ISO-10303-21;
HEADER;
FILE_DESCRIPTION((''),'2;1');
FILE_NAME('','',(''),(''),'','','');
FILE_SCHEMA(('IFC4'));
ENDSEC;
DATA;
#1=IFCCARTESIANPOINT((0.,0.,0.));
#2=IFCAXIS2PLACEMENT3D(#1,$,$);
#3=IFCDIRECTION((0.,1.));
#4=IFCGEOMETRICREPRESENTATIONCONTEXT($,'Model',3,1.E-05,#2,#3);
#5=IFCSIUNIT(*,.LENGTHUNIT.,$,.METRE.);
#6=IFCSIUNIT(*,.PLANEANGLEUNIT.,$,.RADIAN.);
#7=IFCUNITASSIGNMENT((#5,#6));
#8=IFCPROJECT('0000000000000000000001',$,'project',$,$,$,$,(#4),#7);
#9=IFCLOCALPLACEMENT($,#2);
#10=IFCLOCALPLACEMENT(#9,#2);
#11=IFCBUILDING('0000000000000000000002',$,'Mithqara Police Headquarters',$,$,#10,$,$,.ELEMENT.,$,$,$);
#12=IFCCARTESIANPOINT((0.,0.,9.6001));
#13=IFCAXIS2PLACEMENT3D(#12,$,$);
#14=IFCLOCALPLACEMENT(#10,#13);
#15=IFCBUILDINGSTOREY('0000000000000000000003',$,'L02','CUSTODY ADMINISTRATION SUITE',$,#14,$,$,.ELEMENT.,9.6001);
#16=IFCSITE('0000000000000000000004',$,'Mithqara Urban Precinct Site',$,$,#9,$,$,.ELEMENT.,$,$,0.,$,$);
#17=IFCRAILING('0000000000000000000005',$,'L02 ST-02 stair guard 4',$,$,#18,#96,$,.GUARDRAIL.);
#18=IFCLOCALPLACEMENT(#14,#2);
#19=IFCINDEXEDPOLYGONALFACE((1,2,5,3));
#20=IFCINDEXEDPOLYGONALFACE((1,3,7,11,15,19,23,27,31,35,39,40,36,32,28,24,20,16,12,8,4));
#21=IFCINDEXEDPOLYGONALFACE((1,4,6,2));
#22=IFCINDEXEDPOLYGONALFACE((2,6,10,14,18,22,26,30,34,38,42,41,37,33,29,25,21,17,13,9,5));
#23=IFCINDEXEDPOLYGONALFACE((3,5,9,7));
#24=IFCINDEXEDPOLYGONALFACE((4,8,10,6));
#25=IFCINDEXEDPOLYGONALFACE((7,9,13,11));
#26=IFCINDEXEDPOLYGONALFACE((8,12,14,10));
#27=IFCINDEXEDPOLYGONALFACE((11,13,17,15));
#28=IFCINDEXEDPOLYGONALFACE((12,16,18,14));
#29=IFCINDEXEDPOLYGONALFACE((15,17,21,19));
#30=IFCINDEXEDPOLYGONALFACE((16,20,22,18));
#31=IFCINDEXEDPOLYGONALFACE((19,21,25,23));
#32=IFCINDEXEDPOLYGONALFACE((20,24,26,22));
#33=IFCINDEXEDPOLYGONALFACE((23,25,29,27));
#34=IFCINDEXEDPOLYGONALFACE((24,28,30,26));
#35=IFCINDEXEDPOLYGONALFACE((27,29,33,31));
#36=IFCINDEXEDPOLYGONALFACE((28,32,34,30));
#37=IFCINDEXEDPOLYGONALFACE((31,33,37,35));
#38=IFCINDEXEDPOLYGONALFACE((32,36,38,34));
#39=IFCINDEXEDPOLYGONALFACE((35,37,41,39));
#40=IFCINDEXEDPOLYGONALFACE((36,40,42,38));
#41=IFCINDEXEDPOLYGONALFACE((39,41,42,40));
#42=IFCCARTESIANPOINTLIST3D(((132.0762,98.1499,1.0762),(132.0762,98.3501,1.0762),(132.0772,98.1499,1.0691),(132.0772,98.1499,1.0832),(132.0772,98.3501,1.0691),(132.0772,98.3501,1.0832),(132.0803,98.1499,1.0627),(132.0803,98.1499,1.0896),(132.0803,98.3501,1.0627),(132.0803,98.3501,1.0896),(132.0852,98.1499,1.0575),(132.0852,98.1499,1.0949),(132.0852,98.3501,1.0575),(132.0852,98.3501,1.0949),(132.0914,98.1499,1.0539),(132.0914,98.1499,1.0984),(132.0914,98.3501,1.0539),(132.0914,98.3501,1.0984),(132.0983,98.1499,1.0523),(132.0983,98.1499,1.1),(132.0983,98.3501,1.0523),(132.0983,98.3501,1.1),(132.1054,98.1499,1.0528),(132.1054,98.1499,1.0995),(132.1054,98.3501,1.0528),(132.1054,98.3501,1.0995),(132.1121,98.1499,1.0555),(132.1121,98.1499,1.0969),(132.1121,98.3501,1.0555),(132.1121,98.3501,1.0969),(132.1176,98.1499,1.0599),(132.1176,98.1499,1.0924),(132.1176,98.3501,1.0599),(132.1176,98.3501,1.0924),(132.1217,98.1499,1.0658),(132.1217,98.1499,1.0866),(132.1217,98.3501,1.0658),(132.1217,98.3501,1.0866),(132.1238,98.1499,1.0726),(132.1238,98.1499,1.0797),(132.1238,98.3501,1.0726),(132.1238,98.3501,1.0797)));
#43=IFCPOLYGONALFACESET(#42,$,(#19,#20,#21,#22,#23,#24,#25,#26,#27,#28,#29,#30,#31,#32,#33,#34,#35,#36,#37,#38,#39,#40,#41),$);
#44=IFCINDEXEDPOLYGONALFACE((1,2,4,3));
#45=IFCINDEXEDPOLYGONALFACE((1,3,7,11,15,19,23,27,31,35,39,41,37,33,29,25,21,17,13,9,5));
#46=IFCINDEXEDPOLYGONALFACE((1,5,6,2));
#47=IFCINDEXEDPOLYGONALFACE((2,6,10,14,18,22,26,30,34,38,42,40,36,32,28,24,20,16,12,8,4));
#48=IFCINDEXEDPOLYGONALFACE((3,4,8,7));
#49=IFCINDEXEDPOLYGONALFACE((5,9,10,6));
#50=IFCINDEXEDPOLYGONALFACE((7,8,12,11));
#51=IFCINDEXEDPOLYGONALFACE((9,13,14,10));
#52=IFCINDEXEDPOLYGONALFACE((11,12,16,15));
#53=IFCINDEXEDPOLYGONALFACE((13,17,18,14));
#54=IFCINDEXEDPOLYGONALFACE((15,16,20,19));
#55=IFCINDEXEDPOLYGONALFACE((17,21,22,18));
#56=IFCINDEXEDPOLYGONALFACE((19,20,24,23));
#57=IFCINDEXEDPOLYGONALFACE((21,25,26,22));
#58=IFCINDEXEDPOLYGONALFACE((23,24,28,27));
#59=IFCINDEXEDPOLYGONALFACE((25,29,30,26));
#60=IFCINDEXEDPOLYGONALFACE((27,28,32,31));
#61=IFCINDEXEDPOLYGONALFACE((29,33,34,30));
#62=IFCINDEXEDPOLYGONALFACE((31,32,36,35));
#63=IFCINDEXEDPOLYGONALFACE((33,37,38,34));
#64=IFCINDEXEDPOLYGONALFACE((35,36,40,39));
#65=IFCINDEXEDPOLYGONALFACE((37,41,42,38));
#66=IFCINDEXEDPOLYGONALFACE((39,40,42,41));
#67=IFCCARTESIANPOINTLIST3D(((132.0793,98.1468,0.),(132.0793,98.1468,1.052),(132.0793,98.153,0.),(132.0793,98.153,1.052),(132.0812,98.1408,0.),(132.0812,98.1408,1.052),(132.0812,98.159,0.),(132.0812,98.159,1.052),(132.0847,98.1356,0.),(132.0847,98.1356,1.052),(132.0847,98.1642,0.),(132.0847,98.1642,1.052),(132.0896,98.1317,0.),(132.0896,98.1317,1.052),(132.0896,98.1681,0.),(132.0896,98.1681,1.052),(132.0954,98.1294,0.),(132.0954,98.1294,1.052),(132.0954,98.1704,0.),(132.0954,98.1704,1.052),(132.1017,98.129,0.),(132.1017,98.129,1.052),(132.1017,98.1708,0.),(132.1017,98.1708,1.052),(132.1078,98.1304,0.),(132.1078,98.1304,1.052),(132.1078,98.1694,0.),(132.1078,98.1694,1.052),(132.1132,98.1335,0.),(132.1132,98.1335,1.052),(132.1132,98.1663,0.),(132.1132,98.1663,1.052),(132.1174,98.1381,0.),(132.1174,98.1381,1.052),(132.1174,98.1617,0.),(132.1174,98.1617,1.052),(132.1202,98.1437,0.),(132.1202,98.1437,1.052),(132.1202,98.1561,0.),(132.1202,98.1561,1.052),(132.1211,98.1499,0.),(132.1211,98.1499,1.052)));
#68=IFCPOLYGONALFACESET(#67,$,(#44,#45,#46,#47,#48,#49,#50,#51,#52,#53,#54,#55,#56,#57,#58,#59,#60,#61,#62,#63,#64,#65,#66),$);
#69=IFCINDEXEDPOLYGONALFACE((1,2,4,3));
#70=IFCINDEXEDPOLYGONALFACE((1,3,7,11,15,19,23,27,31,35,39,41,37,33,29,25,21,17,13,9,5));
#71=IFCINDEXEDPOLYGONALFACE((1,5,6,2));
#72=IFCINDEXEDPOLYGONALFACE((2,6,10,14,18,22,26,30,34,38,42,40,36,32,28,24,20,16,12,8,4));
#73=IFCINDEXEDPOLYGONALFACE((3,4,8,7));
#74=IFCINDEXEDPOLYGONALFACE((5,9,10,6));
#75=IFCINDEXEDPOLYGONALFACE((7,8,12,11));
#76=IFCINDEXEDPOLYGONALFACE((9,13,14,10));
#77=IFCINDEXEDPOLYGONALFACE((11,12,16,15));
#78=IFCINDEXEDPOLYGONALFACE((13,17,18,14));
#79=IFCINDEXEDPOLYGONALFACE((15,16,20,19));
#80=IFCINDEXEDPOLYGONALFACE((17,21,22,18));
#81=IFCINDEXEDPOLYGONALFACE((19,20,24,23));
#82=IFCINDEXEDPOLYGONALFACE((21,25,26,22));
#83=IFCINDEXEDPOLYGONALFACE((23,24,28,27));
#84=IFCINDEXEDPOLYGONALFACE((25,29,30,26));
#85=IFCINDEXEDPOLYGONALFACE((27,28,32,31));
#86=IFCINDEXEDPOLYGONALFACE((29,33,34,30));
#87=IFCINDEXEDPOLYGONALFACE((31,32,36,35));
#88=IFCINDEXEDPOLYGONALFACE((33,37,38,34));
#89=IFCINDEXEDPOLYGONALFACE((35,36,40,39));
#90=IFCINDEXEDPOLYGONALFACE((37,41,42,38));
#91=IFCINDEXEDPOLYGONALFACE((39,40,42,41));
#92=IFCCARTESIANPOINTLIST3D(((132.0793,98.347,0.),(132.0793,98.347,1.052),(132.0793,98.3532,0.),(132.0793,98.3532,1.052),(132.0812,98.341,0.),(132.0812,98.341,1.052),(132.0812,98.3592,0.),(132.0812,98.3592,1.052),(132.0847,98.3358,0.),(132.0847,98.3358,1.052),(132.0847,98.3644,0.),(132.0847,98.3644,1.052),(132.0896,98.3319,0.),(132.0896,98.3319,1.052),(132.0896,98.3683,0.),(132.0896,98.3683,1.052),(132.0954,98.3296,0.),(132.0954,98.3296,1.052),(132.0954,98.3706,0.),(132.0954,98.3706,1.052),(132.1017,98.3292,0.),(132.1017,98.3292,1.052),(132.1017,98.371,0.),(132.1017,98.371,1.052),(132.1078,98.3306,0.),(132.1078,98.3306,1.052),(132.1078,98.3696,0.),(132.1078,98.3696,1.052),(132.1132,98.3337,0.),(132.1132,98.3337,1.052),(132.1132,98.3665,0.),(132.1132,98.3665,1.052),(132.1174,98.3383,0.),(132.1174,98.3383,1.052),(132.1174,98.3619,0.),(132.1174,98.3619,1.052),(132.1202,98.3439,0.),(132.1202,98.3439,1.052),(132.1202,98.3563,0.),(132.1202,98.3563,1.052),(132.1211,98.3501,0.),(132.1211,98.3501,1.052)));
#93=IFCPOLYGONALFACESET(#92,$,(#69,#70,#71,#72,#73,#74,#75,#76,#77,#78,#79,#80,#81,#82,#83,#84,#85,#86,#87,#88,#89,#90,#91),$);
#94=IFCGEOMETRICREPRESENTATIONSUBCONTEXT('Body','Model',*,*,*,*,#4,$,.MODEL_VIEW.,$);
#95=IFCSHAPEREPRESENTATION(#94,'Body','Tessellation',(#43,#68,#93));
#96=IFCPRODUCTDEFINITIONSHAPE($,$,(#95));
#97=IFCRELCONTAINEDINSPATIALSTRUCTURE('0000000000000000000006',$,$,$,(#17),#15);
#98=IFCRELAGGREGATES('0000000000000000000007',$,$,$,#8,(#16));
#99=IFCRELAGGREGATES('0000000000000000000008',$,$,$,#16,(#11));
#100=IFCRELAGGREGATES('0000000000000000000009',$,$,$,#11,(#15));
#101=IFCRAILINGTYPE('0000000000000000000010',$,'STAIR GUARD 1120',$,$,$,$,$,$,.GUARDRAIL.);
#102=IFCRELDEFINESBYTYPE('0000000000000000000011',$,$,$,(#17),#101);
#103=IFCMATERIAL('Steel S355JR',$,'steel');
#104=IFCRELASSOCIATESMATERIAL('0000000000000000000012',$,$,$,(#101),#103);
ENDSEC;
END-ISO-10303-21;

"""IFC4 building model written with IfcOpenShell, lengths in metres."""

from ifc_helpers import new_model, si_unit, direction, frame, origin, origin_2d, place, context, subcontext, project, spatial, circle, extrude, material, type_object, element, save


model = new_model("IFC4")

# Units and contexts
model_context = context("Model", 3, precision=1e-05, world=origin(), true_north=direction((0.0, 1.0)))
body_context = subcontext(model_context, "Body", "Model", "MODEL_VIEW")
ifc_project = project(units=[si_unit("LENGTHUNIT", "METRE"), si_unit("PLANEANGLEUNIT", "RADIAN")], contexts=[model_context])

# Site, building, storey
site_placement = place(None, origin())
site = spatial("IfcSite", under=ifc_project, at=site_placement, Name="Mithqara Urban Precinct Site", CompositionType="ELEMENT", RefElevation=0.0)
building_placement = place(site_placement, origin())
building = spatial("IfcBuilding", under=site, at=building_placement, Name="Mithqara Police Headquarters", CompositionType="ELEMENT")
storey_placement = place(building_placement, frame((0.0, 0.0, 9.6001)))
storey = spatial("IfcBuildingStorey", under=building, at=storey_placement, Name="L02", Description="CUSTODY ADMINISTRATION SUITE", CompositionType="ELEMENT", Elevation=9.6001)

# Shared definitions
ifc_material_1 = material(Name="Steel S355JR", Category="steel")

# Railing
railing_type_1 = type_object("IfcRailingType", Name="STAIR GUARD 1120", PredefinedType="GUARDRAIL", material=ifc_material_1)
railing_1_placement = place(storey_placement, frame((132.1001, 98.1499, 0.0)))
element("IfcRailing", 1, at=railing_1_placement, inside=storey, type_object=railing_type_1, Name="L02 ST-02 stair guard 4", PredefinedType="GUARDRAIL", context=body_context, shape_type="SweptSolid", body=[
    extrude(circle(Radius=0.0239, at=origin_2d()), frame((0.0, 0.0, 1.0762), z_axis=(0.0, 1.0, 0.0), x_axis=(-1.0, 0.0, 0.0)), (0.0, 0.0, 1.0), 0.2002),
    extrude(circle(Radius=0.021, at=origin_2d()), origin(), (0.0, 0.0, 1.0), 1.052),
    extrude(circle(Radius=0.021, at=origin_2d()), frame((0.0, 0.2002, 0.0)), (0.0, 0.0, 1.0), 1.052),
])

save(model, "model.ifc")
